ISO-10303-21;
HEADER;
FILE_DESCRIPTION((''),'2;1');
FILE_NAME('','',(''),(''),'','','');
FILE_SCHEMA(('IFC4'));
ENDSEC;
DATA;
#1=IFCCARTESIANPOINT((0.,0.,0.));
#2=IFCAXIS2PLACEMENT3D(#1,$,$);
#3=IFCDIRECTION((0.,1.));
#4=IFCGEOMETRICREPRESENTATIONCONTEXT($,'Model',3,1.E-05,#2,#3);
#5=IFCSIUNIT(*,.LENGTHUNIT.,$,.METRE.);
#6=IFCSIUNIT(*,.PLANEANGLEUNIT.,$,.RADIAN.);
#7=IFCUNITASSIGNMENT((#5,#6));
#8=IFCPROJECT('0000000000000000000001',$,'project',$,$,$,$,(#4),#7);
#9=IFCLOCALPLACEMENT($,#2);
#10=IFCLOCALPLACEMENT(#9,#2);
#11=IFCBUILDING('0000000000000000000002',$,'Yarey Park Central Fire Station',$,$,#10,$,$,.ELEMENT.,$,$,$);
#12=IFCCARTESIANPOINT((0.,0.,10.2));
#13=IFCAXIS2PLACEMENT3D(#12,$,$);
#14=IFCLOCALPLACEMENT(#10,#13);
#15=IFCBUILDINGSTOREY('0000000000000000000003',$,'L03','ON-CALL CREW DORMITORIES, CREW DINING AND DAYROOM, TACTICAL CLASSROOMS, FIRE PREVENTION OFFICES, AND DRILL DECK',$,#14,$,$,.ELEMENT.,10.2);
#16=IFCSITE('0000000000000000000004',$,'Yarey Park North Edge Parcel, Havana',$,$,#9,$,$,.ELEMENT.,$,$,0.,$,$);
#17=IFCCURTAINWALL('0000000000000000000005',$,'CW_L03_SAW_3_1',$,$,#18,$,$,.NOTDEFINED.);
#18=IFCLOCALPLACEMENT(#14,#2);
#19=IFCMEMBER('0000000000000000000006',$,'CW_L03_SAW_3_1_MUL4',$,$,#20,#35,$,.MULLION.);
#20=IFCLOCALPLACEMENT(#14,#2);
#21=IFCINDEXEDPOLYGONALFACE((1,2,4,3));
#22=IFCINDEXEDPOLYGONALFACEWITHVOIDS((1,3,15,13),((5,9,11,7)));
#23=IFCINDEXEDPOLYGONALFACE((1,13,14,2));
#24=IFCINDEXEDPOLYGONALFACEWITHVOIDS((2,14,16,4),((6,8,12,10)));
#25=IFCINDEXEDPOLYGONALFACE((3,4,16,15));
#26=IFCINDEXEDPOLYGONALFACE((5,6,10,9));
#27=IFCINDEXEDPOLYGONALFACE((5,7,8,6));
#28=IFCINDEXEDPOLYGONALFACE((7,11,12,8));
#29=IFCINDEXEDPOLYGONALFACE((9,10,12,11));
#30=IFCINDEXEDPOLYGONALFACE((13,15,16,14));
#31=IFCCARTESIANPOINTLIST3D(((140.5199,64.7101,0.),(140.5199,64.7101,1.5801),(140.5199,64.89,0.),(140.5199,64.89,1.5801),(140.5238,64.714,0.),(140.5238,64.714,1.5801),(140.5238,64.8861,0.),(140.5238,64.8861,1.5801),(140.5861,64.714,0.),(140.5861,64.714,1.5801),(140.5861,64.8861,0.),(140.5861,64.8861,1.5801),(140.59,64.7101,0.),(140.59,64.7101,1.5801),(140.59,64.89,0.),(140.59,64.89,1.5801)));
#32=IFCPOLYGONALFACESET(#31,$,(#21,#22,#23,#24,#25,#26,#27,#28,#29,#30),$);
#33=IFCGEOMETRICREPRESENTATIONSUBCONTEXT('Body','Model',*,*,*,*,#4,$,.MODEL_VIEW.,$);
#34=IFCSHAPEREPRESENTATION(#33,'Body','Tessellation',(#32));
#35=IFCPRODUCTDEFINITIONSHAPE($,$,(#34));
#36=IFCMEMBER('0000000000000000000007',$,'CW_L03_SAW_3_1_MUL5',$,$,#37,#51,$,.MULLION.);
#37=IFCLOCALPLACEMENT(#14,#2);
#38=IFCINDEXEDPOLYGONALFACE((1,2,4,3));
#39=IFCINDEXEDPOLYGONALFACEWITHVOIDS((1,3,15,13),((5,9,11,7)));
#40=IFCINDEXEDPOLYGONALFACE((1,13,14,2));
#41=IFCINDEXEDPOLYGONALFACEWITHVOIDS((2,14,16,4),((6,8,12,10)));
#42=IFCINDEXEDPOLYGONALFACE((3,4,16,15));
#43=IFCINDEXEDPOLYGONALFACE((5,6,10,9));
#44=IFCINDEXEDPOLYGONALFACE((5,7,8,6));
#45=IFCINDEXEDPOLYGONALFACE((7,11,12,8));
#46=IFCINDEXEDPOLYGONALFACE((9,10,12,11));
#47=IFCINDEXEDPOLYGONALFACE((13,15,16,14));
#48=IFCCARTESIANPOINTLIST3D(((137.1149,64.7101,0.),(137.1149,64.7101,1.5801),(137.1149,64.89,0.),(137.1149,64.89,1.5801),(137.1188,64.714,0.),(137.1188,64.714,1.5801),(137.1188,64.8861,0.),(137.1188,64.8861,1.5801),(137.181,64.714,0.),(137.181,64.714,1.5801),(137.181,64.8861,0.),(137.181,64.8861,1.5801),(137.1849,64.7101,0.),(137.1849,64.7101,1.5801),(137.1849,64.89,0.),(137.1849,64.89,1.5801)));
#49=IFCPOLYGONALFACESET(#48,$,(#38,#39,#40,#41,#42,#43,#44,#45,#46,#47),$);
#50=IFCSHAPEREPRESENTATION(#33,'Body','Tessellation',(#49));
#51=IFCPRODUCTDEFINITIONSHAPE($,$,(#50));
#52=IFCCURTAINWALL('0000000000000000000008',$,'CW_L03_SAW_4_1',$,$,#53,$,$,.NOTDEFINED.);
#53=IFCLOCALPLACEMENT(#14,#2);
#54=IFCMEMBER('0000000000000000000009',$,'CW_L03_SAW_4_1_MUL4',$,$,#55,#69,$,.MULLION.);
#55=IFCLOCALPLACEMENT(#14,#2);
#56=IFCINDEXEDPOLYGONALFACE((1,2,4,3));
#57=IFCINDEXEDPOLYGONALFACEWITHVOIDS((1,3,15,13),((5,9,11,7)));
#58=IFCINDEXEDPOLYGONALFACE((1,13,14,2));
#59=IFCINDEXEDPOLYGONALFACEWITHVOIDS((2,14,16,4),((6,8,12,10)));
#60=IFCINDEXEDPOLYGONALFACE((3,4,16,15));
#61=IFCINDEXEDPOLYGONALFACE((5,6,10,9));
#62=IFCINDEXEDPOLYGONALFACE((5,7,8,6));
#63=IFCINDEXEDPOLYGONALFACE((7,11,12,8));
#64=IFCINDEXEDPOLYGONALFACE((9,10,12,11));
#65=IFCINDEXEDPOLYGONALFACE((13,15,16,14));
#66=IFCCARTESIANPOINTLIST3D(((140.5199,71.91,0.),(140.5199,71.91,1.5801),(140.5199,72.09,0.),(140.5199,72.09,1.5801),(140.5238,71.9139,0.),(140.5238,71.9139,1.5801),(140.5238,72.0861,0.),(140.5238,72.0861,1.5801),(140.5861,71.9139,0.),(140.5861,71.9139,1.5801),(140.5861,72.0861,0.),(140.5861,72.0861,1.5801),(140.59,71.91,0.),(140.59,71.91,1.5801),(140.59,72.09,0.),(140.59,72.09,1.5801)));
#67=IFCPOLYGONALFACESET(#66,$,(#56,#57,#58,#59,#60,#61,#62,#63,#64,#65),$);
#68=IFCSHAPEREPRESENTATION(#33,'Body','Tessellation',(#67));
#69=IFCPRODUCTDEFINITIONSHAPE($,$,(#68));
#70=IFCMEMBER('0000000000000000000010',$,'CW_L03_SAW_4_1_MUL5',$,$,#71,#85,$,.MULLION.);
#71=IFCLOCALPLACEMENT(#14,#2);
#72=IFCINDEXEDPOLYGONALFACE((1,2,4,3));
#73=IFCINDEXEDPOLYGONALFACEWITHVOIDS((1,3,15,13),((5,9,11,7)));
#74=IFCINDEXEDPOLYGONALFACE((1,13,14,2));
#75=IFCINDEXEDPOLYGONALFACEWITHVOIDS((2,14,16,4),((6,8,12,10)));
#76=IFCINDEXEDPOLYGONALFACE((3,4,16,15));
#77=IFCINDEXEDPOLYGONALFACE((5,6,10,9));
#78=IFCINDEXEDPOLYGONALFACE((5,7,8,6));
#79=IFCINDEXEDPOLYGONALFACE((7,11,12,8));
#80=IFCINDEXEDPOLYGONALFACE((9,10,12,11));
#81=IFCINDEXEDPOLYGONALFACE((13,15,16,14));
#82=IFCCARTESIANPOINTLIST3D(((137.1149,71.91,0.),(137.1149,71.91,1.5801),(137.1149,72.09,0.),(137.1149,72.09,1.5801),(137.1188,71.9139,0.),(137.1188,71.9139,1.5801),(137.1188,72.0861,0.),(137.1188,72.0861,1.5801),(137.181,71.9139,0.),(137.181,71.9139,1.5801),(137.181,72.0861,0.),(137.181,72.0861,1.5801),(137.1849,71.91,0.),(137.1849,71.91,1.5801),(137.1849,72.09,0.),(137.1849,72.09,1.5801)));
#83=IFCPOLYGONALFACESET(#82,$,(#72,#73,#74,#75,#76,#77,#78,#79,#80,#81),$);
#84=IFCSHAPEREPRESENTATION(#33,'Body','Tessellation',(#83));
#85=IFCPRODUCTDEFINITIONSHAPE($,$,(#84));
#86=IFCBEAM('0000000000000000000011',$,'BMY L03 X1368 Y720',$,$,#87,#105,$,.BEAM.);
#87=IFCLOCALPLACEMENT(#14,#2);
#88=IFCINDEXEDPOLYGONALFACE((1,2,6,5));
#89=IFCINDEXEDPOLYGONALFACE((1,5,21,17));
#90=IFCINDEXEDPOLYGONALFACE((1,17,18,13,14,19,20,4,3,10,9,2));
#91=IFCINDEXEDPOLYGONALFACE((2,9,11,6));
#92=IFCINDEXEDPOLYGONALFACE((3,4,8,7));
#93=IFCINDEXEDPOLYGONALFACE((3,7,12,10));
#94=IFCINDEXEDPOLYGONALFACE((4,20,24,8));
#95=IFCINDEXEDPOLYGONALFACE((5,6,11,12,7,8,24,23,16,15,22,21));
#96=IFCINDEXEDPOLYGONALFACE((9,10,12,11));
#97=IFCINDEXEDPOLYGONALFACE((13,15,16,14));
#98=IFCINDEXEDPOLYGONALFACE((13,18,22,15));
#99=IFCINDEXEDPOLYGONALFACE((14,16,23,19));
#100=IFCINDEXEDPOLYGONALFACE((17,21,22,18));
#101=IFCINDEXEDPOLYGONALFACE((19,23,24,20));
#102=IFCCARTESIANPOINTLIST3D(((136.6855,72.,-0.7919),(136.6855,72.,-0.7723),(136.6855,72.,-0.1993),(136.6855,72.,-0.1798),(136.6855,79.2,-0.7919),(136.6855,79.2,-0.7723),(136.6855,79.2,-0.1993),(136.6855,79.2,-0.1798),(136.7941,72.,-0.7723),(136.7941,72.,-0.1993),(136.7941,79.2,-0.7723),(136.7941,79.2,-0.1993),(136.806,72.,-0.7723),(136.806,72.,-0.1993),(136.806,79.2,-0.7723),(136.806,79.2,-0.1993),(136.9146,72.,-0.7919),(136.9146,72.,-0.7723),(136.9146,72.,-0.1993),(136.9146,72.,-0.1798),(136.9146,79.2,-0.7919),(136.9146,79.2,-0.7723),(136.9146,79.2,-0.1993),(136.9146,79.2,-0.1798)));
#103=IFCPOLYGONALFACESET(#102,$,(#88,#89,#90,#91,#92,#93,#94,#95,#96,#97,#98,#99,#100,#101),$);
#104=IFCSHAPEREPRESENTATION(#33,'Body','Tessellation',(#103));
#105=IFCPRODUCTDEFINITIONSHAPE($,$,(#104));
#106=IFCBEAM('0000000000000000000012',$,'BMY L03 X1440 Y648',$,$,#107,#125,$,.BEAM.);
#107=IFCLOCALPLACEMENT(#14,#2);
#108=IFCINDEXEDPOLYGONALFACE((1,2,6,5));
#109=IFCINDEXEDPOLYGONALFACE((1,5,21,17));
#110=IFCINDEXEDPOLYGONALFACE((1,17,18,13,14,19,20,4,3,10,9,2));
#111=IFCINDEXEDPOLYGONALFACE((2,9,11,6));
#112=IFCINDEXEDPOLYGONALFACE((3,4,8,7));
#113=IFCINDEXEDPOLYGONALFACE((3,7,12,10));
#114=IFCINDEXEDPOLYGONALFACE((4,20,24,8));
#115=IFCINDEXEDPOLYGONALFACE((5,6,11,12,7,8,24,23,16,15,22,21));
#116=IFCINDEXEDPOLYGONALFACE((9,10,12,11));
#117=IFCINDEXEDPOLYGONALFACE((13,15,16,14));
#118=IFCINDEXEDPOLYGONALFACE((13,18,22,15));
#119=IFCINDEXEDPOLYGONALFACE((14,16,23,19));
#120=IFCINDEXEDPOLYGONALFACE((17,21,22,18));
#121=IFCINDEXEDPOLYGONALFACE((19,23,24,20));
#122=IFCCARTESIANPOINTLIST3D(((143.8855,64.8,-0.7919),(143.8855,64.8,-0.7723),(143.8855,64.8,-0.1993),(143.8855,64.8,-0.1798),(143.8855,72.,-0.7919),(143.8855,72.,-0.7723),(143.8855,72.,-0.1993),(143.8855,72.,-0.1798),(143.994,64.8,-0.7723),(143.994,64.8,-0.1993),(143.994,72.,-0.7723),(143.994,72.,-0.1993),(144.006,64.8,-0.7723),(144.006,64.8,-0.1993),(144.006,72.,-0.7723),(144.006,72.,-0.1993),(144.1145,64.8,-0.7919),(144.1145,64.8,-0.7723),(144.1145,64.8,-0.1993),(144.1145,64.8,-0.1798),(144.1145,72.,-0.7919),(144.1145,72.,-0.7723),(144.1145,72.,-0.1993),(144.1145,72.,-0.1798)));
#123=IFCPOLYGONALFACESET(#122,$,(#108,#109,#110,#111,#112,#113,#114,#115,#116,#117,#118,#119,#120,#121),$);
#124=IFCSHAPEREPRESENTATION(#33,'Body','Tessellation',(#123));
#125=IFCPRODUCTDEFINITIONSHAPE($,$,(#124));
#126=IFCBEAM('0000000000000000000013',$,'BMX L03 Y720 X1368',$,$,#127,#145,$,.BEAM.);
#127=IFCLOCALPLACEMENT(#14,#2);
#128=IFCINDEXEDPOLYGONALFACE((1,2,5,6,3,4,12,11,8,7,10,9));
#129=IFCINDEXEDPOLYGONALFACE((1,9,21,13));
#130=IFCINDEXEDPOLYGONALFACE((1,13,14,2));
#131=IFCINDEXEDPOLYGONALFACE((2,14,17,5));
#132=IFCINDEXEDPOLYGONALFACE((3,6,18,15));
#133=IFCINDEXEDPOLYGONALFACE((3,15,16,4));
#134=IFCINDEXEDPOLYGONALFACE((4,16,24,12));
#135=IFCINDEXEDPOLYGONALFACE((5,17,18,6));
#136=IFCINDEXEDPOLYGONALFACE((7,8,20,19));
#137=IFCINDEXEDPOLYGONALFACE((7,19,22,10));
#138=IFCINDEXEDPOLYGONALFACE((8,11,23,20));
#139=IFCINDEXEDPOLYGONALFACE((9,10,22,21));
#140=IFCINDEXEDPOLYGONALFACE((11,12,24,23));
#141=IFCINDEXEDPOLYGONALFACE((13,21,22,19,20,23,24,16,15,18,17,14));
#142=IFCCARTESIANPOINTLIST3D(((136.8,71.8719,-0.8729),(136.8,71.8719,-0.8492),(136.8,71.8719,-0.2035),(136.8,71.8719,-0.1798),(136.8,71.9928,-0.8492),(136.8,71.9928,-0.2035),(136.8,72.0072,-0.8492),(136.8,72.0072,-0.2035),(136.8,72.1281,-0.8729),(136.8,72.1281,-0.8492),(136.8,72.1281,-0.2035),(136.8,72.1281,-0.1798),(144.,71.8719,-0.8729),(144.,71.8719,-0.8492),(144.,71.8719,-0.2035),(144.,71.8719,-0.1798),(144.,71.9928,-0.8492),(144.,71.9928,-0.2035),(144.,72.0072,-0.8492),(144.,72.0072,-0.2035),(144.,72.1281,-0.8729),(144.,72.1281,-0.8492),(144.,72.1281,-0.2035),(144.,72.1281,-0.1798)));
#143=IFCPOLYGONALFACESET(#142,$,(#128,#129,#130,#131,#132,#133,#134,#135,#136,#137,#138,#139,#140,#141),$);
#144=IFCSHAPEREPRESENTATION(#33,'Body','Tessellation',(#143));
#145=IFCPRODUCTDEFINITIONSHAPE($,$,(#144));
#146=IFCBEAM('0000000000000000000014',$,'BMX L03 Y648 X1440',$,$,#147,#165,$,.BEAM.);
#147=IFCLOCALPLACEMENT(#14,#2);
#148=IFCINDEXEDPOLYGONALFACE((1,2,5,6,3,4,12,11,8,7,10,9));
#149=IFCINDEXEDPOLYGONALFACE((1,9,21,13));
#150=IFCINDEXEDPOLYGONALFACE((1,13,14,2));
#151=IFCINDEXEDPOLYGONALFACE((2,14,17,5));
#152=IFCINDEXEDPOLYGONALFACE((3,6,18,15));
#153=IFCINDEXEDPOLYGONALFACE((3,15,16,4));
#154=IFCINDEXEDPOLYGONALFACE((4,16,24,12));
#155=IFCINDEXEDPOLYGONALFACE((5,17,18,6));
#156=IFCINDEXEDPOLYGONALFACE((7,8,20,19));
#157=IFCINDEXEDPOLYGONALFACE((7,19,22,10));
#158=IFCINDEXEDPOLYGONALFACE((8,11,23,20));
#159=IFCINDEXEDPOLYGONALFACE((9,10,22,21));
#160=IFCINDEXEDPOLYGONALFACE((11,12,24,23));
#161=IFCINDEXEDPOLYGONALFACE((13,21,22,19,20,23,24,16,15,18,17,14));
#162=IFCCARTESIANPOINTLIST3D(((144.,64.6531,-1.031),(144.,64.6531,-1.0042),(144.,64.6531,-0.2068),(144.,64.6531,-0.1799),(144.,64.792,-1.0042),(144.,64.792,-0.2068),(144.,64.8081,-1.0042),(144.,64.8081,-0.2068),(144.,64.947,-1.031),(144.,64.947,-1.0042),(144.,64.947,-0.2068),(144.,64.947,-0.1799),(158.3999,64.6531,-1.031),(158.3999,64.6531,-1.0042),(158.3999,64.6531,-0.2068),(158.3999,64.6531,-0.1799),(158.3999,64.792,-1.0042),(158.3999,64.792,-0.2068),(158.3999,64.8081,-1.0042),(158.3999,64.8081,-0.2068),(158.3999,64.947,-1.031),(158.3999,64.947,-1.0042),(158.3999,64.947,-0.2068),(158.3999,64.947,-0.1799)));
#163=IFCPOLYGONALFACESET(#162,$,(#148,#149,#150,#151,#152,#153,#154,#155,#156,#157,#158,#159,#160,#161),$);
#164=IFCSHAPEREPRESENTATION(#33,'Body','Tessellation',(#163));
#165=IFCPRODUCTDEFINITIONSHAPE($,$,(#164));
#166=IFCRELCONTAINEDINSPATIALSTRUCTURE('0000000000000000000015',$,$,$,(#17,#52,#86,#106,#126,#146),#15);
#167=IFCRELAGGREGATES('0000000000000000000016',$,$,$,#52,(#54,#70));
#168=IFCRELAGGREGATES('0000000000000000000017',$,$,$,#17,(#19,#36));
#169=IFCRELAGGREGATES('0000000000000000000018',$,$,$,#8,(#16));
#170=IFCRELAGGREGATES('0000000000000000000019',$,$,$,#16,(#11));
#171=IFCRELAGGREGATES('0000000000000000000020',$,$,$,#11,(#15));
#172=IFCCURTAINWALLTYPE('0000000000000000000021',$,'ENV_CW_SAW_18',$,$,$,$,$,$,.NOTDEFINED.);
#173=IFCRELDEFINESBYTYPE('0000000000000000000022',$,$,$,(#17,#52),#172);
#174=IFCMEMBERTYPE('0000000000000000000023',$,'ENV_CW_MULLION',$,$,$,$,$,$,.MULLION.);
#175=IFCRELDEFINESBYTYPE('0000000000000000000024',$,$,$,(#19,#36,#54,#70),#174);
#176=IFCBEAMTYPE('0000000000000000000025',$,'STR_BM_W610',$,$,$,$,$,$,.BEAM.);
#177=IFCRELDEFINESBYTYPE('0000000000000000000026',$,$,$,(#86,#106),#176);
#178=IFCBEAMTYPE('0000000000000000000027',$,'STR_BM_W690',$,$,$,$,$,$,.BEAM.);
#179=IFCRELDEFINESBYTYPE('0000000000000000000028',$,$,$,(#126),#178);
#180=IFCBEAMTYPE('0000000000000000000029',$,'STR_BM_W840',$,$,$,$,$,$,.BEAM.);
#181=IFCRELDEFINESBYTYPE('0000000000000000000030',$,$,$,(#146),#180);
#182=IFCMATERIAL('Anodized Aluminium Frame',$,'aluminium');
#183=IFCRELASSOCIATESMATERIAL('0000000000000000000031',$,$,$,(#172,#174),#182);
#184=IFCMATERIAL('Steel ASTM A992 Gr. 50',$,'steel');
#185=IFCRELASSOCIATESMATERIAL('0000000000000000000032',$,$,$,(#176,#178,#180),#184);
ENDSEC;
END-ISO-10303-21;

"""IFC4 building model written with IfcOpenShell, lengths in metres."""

from ifc_helpers import new_model, si_unit, direction, frame, origin, origin_2d, place, context, subcontext, project, spatial, hollow_rectangle, i_section, extrude, material, material_profile, profile_set, type_object, element, aggregate, save


model = new_model("IFC4")

# Units and contexts
model_context = context("Model", 3, precision=1e-05, world=origin(), true_north=direction((0.0, 1.0)))
body_context = subcontext(model_context, "Body", "Model", "MODEL_VIEW")
ifc_project = project(units=[si_unit("LENGTHUNIT", "METRE"), si_unit("PLANEANGLEUNIT", "RADIAN")], contexts=[model_context])

# Site, building, storey
site_placement = place(None, origin())
site = spatial("IfcSite", under=ifc_project, at=site_placement, Name="Yarey Park North Edge Parcel, Havana", CompositionType="ELEMENT", RefElevation=0.0)
building_placement = place(site_placement, origin())
building = spatial("IfcBuilding", under=site, at=building_placement, Name="Yarey Park Central Fire Station", CompositionType="ELEMENT")
storey_placement = place(building_placement, frame((0.0, 0.0, 10.2)))
storey = spatial("IfcBuildingStorey", under=building, at=storey_placement, Name="L03", Description="ON-CALL CREW DORMITORIES, CREW DINING AND DAYROOM, TACTICAL CLASSROOMS, FIRE PREVENTION OFFICES, AND DRILL DECK", CompositionType="ELEMENT", Elevation=10.2)

# Curtain walls, members
ifc_material_1 = material(Name="Anodized Aluminium Frame", Category="aluminium")
curtain_wall_type = type_object("IfcCurtainWallType", Name="ENV_CW_SAW_18", PredefinedType="NOTDEFINED", material=ifc_material_1)
curtain_wall_1_placement = place(storey_placement, origin())
curtain_wall_1 = element("IfcCurtainWall", 1, at=curtain_wall_1_placement, inside=storey, type_object=curtain_wall_type, Name="CW_L03_SAW_3_1", PredefinedType="NOTDEFINED")
ifc_material_profile_1 = material_profile(ifc_material_1, hollow_rectangle(XDim=0.0701, YDim=0.1799, WallThickness=0.0039, at=origin_2d()), Name="ALU 180x70x4")
ifc_profile_set_1 = profile_set([ifc_material_profile_1], Name="Anodized Aluminium Frame")
member_type_1 = type_object("IfcMemberType", Name="ENV_CW_MULLION", PredefinedType="MULLION", material=ifc_profile_set_1)
member_1_placement = place(storey_placement, frame((140.5549, 64.8, 0.0), z_axis=(0.0, 0.0, 1.0), x_axis=(1.0, 0.0, 0.0)))
member_1 = element("IfcMember", 2, at=member_1_placement, type_object=member_type_1, Name="CW_L03_SAW_3_1_MUL4", PredefinedType="MULLION", context=body_context, shape_type="SweptSolid", body=[
    extrude(hollow_rectangle(XDim=0.0701, YDim=0.1799, WallThickness=0.0039, at=origin_2d()), origin(), (0.0, 0.0, 1.0), 1.5801),
])
member_2_placement = place(storey_placement, frame((137.1499, 64.8, 0.0), z_axis=(0.0, 0.0, 1.0), x_axis=(1.0, 0.0, 0.0)))
member_2 = element("IfcMember", 3, at=member_2_placement, type_object=member_type_1, Name="CW_L03_SAW_3_1_MUL5", PredefinedType="MULLION", context=body_context, shape_type="SweptSolid", body=[
    extrude(hollow_rectangle(XDim=0.0701, YDim=0.1799, WallThickness=0.0039, at=origin_2d()), origin(), (0.0, 0.0, 1.0), 1.5801),
])
curtain_wall_2_placement = place(storey_placement, origin())
curtain_wall_2 = element("IfcCurtainWall", 4, at=curtain_wall_2_placement, inside=storey, type_object=curtain_wall_type, Name="CW_L03_SAW_4_1", PredefinedType="NOTDEFINED")
member_3_placement = place(storey_placement, frame((140.5549, 72.0, 0.0), z_axis=(0.0, 0.0, 1.0), x_axis=(1.0, 0.0, 0.0)))
member_3 = element("IfcMember", 5, at=member_3_placement, type_object=member_type_1, Name="CW_L03_SAW_4_1_MUL4", PredefinedType="MULLION", context=body_context, shape_type="SweptSolid", body=[
    extrude(hollow_rectangle(XDim=0.0701, YDim=0.1799, WallThickness=0.0039, at=origin_2d()), origin(), (0.0, 0.0, 1.0), 1.5801),
])
member_4_placement = place(storey_placement, frame((137.1499, 72.0, 0.0), z_axis=(0.0, 0.0, 1.0), x_axis=(1.0, 0.0, 0.0)))
member_4 = element("IfcMember", 6, at=member_4_placement, type_object=member_type_1, Name="CW_L03_SAW_4_1_MUL5", PredefinedType="MULLION", context=body_context, shape_type="SweptSolid", body=[
    extrude(hollow_rectangle(XDim=0.0701, YDim=0.1799, WallThickness=0.0039, at=origin_2d()), origin(), (0.0, 0.0, 1.0), 1.5801),
])

# Beams
ifc_material_2 = material(Name="Steel ASTM A992 Gr. 50", Category="steel")
ifc_material_profile_2 = material_profile(ifc_material_2, i_section(OverallWidth=0.229, OverallDepth=0.6121, WebThickness=0.012, FlangeThickness=0.0195, at=origin_2d()), Name="W610x125")
ifc_profile_set_2 = profile_set([ifc_material_profile_2], Name="Steel ASTM A992 Gr. 50")
beam_type_1 = type_object("IfcBeamType", Name="STR_BM_W610", PredefinedType="BEAM", material=ifc_profile_set_2)
for number, where, z_axis, x_axis, name in (
    (7, (136.8, 72.0, -0.4858), (0.0, 1.0, 0.0), (-1.0, 0.0, 0.0), "BMY L03 X1368 Y720"),
    (8, (144.0, 64.8, -0.4858), (0.0, 1.0, 0.0), (-1.0, 0.0, 0.0), "BMY L03 X1440 Y648"),
):
    element("IfcBeam", number, at=place(storey_placement, frame(where, z_axis=z_axis, x_axis=x_axis)), inside=storey, type_object=beam_type_1, Name=name, PredefinedType="BEAM", context=body_context, shape_type="SweptSolid", body=[
        extrude(i_section(OverallWidth=0.229, OverallDepth=0.6121, WebThickness=0.012, FlangeThickness=0.0195, at=origin_2d()), origin(), (0.0, 0.0, 1.0), 7.2),
    ])
ifc_material_profile_3 = material_profile(ifc_material_2, i_section(OverallWidth=0.2561, OverallDepth=0.6931, WebThickness=0.0144, FlangeThickness=0.0237, at=origin_2d()), Name="W690x170")
ifc_profile_set_3 = profile_set([ifc_material_profile_3], Name="Steel ASTM A992 Gr. 50")
beam_type_2 = type_object("IfcBeamType", Name="STR_BM_W690", PredefinedType="BEAM", material=ifc_profile_set_3)
beam_1_placement = place(storey_placement, frame((136.8, 72.0, -0.5264), z_axis=(1.0, 0.0, 0.0), x_axis=(0.0, 1.0, 0.0)))
element("IfcBeam", 9, at=beam_1_placement, inside=storey, type_object=beam_type_2, Name="BMX L03 Y720 X1368", PredefinedType="BEAM", context=body_context, shape_type="SweptSolid", body=[
    extrude(i_section(OverallWidth=0.2561, OverallDepth=0.6931, WebThickness=0.0144, FlangeThickness=0.0237, at=origin_2d()), origin(), (0.0, 0.0, 1.0), 7.2),
])
ifc_material_profile_4 = material_profile(ifc_material_2, i_section(OverallWidth=0.2939, OverallDepth=0.8511, WebThickness=0.0161, FlangeThickness=0.0269, at=origin_2d()), Name="W840x226")
ifc_profile_set_4 = profile_set([ifc_material_profile_4], Name="Steel ASTM A992 Gr. 50")
beam_type_3 = type_object("IfcBeamType", Name="STR_BM_W840", PredefinedType="BEAM", material=ifc_profile_set_4)
beam_2_placement = place(storey_placement, frame((144.0, 64.8, -0.6055), z_axis=(1.0, 0.0, 0.0), x_axis=(0.0, 1.0, 0.0)))
element("IfcBeam", 10, at=beam_2_placement, inside=storey, type_object=beam_type_3, Name="BMX L03 Y648 X1440", PredefinedType="BEAM", context=body_context, shape_type="SweptSolid", body=[
    extrude(i_section(OverallWidth=0.2939, OverallDepth=0.8511, WebThickness=0.0161, FlangeThickness=0.0269, at=origin_2d()), origin(), (0.0, 0.0, 1.0), 14.3999),
])

aggregate(curtain_wall_2, [member_3, member_4])
aggregate(curtain_wall_1, [member_1, member_2])

save(model, "model.ifc")
